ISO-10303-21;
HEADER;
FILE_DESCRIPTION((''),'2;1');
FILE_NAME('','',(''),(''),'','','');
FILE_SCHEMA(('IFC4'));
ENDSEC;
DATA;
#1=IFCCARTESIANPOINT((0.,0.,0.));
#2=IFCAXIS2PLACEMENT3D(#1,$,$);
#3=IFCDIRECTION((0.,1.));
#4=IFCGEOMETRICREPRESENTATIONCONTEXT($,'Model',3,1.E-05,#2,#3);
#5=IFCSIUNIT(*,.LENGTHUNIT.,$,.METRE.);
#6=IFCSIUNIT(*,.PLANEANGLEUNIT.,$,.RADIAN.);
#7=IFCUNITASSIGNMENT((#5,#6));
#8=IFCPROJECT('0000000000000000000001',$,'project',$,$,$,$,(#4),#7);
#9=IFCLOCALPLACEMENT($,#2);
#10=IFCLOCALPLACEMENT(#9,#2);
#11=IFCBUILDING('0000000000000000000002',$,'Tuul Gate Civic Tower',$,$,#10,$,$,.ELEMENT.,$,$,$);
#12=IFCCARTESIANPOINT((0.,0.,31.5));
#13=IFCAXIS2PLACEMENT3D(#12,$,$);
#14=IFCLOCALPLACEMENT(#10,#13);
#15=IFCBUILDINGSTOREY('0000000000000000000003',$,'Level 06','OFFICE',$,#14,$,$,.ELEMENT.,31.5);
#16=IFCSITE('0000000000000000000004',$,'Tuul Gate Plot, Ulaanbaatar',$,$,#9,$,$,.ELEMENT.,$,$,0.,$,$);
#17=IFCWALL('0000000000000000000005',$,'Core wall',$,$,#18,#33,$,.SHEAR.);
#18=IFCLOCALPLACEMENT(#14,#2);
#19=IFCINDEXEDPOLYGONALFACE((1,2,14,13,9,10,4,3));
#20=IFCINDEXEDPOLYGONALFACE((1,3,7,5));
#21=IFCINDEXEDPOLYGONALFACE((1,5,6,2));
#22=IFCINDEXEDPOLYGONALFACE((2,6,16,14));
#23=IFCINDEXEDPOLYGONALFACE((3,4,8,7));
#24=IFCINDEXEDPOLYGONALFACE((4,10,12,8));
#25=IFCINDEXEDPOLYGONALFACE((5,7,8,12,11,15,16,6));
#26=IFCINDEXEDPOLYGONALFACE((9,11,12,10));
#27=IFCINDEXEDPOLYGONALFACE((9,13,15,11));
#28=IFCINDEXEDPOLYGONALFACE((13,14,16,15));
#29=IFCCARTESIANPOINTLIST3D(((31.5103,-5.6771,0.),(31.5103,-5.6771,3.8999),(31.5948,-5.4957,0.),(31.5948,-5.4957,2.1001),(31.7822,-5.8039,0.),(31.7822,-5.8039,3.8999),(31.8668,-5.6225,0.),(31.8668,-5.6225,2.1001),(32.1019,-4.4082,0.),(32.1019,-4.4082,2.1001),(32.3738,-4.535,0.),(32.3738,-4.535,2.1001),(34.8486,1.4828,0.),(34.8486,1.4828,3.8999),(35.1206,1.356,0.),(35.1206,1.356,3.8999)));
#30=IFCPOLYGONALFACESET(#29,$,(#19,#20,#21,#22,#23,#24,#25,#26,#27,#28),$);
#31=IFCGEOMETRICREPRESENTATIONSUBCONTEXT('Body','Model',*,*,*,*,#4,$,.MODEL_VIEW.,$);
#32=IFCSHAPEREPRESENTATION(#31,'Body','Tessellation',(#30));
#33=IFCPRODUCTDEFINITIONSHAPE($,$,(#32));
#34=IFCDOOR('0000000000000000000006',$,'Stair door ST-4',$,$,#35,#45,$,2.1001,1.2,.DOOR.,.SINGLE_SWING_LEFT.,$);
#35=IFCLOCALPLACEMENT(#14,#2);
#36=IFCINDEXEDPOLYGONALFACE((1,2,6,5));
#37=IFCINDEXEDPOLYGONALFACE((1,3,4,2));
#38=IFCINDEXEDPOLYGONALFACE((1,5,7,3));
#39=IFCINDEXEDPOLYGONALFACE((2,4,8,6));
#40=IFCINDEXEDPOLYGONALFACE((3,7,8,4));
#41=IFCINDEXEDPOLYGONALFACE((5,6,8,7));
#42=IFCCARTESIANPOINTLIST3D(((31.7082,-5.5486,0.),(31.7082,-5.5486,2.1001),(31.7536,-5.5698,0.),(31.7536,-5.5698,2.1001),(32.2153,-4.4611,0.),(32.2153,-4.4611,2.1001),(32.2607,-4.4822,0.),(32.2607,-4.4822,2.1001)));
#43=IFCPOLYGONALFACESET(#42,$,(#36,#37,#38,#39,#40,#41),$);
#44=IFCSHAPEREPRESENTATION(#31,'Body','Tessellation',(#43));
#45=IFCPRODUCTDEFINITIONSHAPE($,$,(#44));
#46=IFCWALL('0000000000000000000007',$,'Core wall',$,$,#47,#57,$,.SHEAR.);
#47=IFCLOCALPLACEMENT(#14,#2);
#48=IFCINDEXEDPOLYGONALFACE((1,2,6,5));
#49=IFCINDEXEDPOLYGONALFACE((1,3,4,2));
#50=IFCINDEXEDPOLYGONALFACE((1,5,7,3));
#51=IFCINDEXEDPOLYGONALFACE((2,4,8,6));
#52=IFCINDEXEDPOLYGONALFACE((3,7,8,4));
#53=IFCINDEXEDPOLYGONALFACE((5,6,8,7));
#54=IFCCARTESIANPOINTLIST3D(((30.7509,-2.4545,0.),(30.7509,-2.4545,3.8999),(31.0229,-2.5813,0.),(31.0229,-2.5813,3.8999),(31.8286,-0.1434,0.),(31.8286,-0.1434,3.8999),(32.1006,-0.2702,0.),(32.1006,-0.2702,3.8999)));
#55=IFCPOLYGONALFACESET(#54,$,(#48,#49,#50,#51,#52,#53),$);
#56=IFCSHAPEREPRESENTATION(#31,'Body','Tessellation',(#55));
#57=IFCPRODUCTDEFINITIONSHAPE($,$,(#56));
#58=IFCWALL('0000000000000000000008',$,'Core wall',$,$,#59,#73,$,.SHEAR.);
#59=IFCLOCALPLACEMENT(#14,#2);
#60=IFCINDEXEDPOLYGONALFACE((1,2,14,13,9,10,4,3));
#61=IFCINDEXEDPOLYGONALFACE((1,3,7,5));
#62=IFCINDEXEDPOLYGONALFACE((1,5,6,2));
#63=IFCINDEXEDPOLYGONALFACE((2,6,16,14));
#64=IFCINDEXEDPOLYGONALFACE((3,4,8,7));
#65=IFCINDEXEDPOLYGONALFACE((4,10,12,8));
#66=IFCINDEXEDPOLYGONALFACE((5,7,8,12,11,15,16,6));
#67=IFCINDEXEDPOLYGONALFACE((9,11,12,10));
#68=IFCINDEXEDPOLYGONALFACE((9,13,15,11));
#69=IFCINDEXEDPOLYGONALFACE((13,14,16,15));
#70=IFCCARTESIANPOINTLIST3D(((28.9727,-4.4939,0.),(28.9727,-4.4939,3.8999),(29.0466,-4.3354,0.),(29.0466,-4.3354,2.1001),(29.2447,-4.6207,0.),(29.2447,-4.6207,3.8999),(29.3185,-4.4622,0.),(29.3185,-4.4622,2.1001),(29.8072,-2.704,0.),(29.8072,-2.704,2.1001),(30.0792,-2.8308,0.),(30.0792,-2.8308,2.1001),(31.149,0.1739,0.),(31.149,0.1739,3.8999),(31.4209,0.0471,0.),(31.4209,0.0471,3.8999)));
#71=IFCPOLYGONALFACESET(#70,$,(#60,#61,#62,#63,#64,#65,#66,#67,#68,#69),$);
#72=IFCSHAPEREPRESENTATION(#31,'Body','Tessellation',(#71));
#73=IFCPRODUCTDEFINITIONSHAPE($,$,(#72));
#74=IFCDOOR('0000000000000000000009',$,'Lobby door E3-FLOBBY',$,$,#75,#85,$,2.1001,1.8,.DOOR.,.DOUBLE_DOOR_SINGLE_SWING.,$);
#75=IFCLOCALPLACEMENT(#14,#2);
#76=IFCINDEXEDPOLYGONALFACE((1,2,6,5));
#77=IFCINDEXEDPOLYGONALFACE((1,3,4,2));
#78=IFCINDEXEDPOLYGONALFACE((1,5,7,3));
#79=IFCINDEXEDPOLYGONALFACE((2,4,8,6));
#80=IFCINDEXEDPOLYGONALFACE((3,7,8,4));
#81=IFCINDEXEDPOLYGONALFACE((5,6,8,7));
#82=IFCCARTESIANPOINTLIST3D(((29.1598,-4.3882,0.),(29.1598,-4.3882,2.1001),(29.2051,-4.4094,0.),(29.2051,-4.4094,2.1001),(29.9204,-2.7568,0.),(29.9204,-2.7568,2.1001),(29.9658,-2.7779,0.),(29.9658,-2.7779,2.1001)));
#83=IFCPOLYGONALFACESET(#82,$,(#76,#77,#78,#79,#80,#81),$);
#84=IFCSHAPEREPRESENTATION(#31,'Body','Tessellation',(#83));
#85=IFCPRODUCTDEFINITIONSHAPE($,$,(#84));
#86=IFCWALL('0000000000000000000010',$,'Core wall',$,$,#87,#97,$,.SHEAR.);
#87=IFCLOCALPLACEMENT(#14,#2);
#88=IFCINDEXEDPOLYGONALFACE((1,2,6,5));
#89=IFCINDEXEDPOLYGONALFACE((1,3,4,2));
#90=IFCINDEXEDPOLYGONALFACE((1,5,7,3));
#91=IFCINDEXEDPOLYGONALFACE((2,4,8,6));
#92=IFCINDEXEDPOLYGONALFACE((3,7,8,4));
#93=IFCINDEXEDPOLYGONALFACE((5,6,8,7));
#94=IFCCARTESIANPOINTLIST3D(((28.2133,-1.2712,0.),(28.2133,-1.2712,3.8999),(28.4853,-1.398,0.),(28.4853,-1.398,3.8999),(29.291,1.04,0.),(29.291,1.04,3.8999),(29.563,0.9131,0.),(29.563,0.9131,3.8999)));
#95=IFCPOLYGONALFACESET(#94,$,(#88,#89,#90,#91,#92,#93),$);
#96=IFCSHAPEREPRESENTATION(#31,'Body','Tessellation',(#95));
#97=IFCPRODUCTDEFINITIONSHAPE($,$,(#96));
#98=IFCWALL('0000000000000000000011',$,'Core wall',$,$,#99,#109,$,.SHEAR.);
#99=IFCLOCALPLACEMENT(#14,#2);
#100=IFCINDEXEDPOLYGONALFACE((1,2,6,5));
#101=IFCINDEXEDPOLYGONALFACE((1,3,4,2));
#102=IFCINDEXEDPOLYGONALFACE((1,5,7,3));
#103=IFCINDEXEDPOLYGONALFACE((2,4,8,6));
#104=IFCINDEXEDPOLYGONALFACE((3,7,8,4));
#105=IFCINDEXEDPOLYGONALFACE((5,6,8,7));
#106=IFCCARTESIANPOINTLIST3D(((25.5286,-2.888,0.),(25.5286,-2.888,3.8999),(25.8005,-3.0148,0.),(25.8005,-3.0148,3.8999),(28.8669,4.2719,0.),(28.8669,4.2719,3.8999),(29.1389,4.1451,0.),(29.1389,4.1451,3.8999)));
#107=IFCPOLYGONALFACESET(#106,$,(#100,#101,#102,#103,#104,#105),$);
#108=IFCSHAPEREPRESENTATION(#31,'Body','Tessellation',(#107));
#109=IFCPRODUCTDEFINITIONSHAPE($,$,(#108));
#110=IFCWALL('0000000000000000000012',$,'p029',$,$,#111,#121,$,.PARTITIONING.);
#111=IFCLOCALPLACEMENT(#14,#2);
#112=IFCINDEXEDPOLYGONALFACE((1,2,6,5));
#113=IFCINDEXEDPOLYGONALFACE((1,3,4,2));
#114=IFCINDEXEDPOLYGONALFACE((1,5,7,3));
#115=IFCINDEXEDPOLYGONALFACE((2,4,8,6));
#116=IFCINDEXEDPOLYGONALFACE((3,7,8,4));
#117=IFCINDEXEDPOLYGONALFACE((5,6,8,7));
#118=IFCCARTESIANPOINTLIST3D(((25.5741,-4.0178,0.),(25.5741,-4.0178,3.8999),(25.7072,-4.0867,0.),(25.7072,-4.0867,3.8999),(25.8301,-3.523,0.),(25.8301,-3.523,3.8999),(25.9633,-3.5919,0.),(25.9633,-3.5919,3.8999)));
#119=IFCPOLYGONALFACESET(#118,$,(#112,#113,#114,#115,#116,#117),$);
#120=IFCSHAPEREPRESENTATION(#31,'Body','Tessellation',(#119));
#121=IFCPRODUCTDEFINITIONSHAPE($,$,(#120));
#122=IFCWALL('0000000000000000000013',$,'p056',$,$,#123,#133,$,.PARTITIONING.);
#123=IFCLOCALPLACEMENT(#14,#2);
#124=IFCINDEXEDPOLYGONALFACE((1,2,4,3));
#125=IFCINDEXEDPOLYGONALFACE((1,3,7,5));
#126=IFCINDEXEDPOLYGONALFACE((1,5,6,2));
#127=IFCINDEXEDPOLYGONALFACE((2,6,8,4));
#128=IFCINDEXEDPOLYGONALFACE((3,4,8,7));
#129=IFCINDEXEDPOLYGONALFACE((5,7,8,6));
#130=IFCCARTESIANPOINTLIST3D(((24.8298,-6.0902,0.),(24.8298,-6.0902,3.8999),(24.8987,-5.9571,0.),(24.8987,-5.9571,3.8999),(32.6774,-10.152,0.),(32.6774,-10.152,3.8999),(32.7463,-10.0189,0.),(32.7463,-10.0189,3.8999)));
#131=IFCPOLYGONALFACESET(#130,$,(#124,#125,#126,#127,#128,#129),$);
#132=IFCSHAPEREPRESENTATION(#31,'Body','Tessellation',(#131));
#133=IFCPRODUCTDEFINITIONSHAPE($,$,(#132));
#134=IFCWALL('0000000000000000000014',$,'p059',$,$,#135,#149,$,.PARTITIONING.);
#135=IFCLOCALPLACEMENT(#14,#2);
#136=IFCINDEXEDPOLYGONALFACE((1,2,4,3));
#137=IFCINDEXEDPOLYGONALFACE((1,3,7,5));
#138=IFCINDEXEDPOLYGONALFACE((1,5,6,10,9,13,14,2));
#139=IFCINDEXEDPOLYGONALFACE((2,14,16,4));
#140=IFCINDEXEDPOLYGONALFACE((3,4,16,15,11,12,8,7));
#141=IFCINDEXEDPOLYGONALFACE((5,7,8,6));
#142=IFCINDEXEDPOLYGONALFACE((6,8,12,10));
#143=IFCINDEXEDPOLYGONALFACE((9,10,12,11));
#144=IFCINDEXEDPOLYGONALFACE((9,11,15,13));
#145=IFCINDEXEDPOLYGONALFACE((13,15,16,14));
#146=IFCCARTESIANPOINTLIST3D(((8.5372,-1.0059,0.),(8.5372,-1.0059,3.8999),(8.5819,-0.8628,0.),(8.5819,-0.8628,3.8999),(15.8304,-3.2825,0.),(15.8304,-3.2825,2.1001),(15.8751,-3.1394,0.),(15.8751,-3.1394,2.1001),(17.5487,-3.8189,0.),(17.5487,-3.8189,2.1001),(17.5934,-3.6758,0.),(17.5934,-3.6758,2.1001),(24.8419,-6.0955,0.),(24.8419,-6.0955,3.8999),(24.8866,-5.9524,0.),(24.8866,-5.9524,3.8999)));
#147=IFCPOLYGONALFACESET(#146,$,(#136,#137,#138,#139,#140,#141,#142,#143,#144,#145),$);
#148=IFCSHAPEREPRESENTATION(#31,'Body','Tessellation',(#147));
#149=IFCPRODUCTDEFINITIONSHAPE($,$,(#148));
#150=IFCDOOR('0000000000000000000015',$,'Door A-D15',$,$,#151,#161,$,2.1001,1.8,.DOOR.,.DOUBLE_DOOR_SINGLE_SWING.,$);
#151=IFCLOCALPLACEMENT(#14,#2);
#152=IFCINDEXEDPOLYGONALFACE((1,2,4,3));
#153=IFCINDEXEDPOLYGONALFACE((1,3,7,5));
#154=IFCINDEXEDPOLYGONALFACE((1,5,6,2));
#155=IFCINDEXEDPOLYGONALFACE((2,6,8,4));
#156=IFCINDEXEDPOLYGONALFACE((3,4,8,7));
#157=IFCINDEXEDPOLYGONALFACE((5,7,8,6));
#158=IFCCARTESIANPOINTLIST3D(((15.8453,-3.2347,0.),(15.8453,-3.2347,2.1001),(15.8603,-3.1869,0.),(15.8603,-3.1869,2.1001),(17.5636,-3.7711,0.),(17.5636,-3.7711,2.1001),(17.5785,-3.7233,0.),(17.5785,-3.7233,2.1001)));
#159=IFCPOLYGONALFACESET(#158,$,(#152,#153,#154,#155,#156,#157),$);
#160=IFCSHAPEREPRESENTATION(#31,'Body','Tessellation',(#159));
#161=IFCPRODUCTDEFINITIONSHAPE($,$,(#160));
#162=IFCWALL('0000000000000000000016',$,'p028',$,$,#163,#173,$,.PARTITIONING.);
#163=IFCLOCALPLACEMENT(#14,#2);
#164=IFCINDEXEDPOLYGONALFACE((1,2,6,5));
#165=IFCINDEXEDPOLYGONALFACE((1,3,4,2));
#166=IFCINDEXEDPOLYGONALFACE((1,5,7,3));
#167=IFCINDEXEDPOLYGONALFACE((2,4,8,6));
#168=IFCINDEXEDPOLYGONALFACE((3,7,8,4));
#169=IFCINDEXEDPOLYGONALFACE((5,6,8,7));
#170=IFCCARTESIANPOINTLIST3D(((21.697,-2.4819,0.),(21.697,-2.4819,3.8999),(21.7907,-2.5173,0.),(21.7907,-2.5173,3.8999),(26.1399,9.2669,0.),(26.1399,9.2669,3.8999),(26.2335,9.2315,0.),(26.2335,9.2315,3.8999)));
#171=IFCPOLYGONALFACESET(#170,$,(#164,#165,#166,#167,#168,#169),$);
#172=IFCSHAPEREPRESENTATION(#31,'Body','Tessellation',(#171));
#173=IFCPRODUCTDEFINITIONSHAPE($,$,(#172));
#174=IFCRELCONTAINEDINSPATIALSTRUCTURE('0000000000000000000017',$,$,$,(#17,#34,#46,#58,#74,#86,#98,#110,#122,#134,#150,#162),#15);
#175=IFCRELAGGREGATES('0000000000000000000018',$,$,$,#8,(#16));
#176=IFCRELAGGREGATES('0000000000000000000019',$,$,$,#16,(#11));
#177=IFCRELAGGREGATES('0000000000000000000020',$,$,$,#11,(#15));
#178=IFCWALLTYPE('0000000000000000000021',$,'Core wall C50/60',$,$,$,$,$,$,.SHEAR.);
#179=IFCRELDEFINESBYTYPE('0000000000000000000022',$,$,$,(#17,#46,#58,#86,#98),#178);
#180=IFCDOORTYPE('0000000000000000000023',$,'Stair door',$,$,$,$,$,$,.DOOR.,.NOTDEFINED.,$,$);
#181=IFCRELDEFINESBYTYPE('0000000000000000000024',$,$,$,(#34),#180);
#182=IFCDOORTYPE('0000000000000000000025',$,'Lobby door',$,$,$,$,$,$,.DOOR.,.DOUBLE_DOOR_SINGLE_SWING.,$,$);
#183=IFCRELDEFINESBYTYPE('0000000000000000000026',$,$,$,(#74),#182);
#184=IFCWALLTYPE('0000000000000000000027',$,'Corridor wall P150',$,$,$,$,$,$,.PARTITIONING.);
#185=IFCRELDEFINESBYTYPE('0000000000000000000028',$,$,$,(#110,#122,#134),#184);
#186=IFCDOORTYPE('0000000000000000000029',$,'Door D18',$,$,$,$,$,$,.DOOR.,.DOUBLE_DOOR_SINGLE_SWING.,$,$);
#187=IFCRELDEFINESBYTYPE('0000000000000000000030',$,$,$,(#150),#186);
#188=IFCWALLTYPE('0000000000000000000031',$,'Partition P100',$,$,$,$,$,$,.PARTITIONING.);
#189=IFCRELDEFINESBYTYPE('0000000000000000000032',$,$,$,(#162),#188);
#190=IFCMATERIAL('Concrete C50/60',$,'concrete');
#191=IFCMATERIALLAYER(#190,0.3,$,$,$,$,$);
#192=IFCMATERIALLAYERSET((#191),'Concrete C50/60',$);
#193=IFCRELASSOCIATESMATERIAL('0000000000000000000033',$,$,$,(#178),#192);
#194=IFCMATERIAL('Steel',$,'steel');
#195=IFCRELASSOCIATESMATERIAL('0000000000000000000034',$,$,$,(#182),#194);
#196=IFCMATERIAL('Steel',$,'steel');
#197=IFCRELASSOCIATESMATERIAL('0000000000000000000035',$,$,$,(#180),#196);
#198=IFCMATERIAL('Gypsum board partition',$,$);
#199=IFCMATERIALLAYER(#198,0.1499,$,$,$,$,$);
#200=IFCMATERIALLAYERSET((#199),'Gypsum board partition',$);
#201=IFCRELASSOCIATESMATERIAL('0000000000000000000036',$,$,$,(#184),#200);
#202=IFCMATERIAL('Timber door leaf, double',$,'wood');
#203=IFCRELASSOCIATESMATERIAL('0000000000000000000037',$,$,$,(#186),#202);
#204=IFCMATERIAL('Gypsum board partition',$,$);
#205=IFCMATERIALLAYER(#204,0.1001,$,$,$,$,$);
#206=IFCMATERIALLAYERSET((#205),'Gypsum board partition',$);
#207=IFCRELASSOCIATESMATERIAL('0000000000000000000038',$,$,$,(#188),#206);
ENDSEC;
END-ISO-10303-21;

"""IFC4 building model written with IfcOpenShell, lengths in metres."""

from ifc_helpers import new_model, si_unit, direction, frame, frame_2d, origin, place, context, subcontext, project, spatial, rectangle, extrude, material, layer, layer_set, type_object, element, fill, save


model = new_model("IFC4")

# Units and contexts
model_context = context("Model", 3, precision=1e-05, world=origin(), true_north=direction((0.0, 1.0)))
body_context = subcontext(model_context, "Body", "Model", "MODEL_VIEW")
ifc_project = project(units=[si_unit("LENGTHUNIT", "METRE"), si_unit("PLANEANGLEUNIT", "RADIAN")], contexts=[model_context])

# Site, building, storey
site_placement = place(None, origin())
site = spatial("IfcSite", under=ifc_project, at=site_placement, Name="Tuul Gate Plot, Ulaanbaatar", CompositionType="ELEMENT", RefElevation=0.0)
building_placement = place(site_placement, origin())
building = spatial("IfcBuilding", under=site, at=building_placement, Name="Tuul Gate Civic Tower", CompositionType="ELEMENT")
storey_placement = place(building_placement, frame((0.0, 0.0, 31.5)))
storey = spatial("IfcBuildingStorey", under=building, at=storey_placement, Name="Level 06", Description="OFFICE", CompositionType="ELEMENT", Elevation=31.5)

# Shared definitions
ifc_material_1 = material(Name="Concrete C50/60", Category="concrete")
ifc_layer_1 = layer(ifc_material_1, 0.3)
ifc_layer_set_1 = layer_set([ifc_layer_1], Name="Concrete C50/60")
wall_type_1 = type_object("IfcWallType", Name="Core wall C50/60", PredefinedType="SHEAR", material=ifc_layer_set_1)
ifc_material_2 = material(Name="Steel", Category="steel")
door_type_1 = type_object("IfcDoorType", Name="Lobby door", OperationType="DOUBLE_DOOR_SINGLE_SWING", PredefinedType="DOOR", material=ifc_material_2)

# Wall, opening, door
wall_1_placement = place(storey_placement, frame((31.6462, -5.7405, 0.0), z_axis=(0.0, 0.0, 1.0), x_axis=(0.422583, 0.906324, 0.0)))
wall_1 = element("IfcWall", 1, at=wall_1_placement, inside=storey, type_object=wall_type_1, Name="Core wall", PredefinedType="SHEAR", context=body_context, shape_type="SweptSolid", body=[
    extrude(rectangle(XDim=7.8999, YDim=0.3, at=frame_2d((3.95, 0.0))), origin(), (0.0, 0.0, 1.0), 3.8999),
])
opening_1_placement = place(wall_1_placement, frame((0.2, 0.0, 0.0)))
opening_1 = element("IfcOpeningElement", 2, at=opening_1_placement, cuts=wall_1, PredefinedType="OPENING", context=body_context, shape_type="SweptSolid", body=[
    extrude(rectangle(XDim=1.2, YDim=2.1001, at=frame_2d((0.6001, 1.05))), frame((0.0, 0.1602, 0.0), z_axis=(0.0, -1.0, 0.0), x_axis=(1.0, 0.0, 0.0)), (0.0, 0.0, 1.0), 0.3201),
])
ifc_material_3 = material(Name="Steel", Category="steel")
door_type_2 = type_object("IfcDoorType", Name="Stair door", OperationType="NOTDEFINED", PredefinedType="DOOR", material=ifc_material_3)
door_1_placement = place(opening_1_placement, origin())
door_1 = element("IfcDoor", 3, at=door_1_placement, inside=storey, type_object=door_type_2, Name="Stair door ST-4", OperationType="SINGLE_SWING_LEFT", OverallHeight=2.1001, OverallWidth=1.2, PredefinedType="DOOR", context=body_context, shape_type="SweptSolid", body=[
    extrude(rectangle(XDim=1.2, YDim=2.1001, at=frame_2d((0.6001, 1.05))), frame((0.0, 0.0249, 0.0), z_axis=(0.0, -1.0, 0.0), x_axis=(1.0, 0.0, 0.0)), (0.0, 0.0, 1.0), 0.05),
])
fill(opening_1, door_1)

# Wall
wall_2_placement = place(storey_placement, frame((30.887, -2.5178, 0.0), z_axis=(0.0, 0.0, 1.0), x_axis=(0.422613, 0.90631, 0.0)))
element("IfcWall", 4, at=wall_2_placement, inside=storey, type_object=wall_type_1, Name="Core wall", PredefinedType="SHEAR", context=body_context, shape_type="SweptSolid", body=[
    extrude(rectangle(XDim=2.55, YDim=0.3, at=frame_2d((1.2749, 0.0))), origin(), (0.0, 0.0, 1.0), 3.8999),
])

# Wall, opening, door
wall_3_placement = place(storey_placement, frame((29.1086, -4.5574, 0.0), z_axis=(0.0, 0.0, 1.0), x_axis=(0.422566, 0.906332, 0.0)))
wall_3 = element("IfcWall", 5, at=wall_3_placement, inside=storey, type_object=wall_type_1, Name="Core wall", PredefinedType="SHEAR", context=body_context, shape_type="SweptSolid", body=[
    extrude(rectangle(XDim=5.1501, YDim=0.3, at=frame_2d((2.5752, 0.0))), origin(), (0.0, 0.0, 1.0), 3.8999),
])
opening_2_placement = place(wall_3_placement, frame((0.175, 0.0, 0.0)))
opening_2 = element("IfcOpeningElement", 6, at=opening_2_placement, cuts=wall_3, PredefinedType="OPENING", context=body_context, shape_type="SweptSolid", body=[
    extrude(rectangle(XDim=1.8, YDim=2.1001, at=frame_2d((0.8999, 1.05))), frame((0.0, 0.1602, 0.0), z_axis=(0.0, -1.0, 0.0), x_axis=(1.0, 0.0, 0.0)), (0.0, 0.0, 1.0), 0.3201),
])
door_2_placement = place(opening_2_placement, frame((1.8, 0.0, 0.0), z_axis=(0.0, 0.0, 1.0), x_axis=(-1.0, 0.0, 0.0)))
door_2 = element("IfcDoor", 7, at=door_2_placement, inside=storey, type_object=door_type_1, Name="Lobby door E3-FLOBBY", OperationType="DOUBLE_DOOR_SINGLE_SWING", OverallHeight=2.1001, OverallWidth=1.8, PredefinedType="DOOR", context=body_context, shape_type="SweptSolid", body=[
    extrude(rectangle(XDim=1.8, YDim=2.1001, at=frame_2d((0.9001, 1.05))), frame((0.0, 0.0249, 0.0), z_axis=(0.0, -1.0, 0.0), x_axis=(1.0, 0.0, 0.0)), (0.0, 0.0, 1.0), 0.05),
])
fill(opening_2, door_2)

# Walls
wall_4_placement = place(storey_placement, frame((28.3494, -1.3345, 0.0), z_axis=(0.0, 0.0, 1.0), x_axis=(0.422613, 0.90631, 0.0)))
element("IfcWall", 8, at=wall_4_placement, inside=storey, type_object=wall_type_1, Name="Core wall", PredefinedType="SHEAR", context=body_context, shape_type="SweptSolid", body=[
    extrude(rectangle(XDim=2.55, YDim=0.3, at=frame_2d((1.2749, 0.0))), origin(), (0.0, 0.0, 1.0), 3.8999),
])
wall_5_placement = place(storey_placement, frame((25.6646, -2.9514, 0.0), z_axis=(0.0, 0.0, 1.0), x_axis=(0.422583, 0.906324, 0.0)))
element("IfcWall", 9, at=wall_5_placement, inside=storey, type_object=wall_type_1, Name="Core wall", PredefinedType="SHEAR", context=body_context, shape_type="SweptSolid", body=[
    extrude(rectangle(XDim=7.8999, YDim=0.3, at=frame_2d((3.95, 0.0))), origin(), (0.0, 0.0, 1.0), 3.8999),
])
ifc_material_4 = material(Name="Gypsum board partition")
ifc_layer_2 = layer(ifc_material_4, 0.1499)
ifc_layer_set_2 = layer_set([ifc_layer_2], Name="Gypsum board partition")
wall_type_2 = type_object("IfcWallType", Name="Corridor wall P150", PredefinedType="PARTITIONING", material=ifc_layer_set_2)
wall_6_placement = place(storey_placement, frame((25.6406, -4.0522, 0.0), z_axis=(0.0, 0.0, 1.0), x_axis=(0.459614, 0.888119, 0.0)))
element("IfcWall", 10, at=wall_6_placement, inside=storey, type_object=wall_type_2, Name="p029", PredefinedType="PARTITIONING", context=body_context, shape_type="SweptSolid", body=[
    extrude(rectangle(XDim=0.5571, YDim=0.1499, at=frame_2d((0.2786, 0.0))), origin(), (0.0, 0.0, 1.0), 3.8999),
])
wall_7_placement = place(storey_placement, frame((24.8643, -6.0237, 0.0), z_axis=(0.0, 0.0, 1.0), x_axis=(0.888096, -0.459658, 0.0)))
element("IfcWall", 11, at=wall_7_placement, inside=storey, type_object=wall_type_2, Name="p056", PredefinedType="PARTITIONING", context=body_context, shape_type="SweptSolid", body=[
    extrude(rectangle(XDim=8.8364, YDim=0.1499, at=frame_2d((4.4182, 0.0))), origin(), (0.0, 0.0, 1.0), 3.8999),
])

# Wall, opening, door
wall_8_placement = place(storey_placement, frame((8.5596, -0.9343, 0.0), z_axis=(0.0, 0.0, 1.0), x_axis=(0.954574, -0.297975, 0.0)))
wall_8 = element("IfcWall", 12, at=wall_8_placement, inside=storey, type_object=wall_type_2, Name="p059", PredefinedType="PARTITIONING", context=body_context, shape_type="SweptSolid", body=[
    extrude(rectangle(XDim=17.0806, YDim=0.1499, at=frame_2d((8.5403, 0.0))), origin(), (0.0, 0.0, 1.0), 3.8999),
])
opening_3_placement = place(wall_8_placement, frame((7.6404, 0.0, 0.0)))
opening_3 = element("IfcOpeningElement", 13, at=opening_3_placement, cuts=wall_8, PredefinedType="OPENING", context=body_context, shape_type="SweptSolid", body=[
    extrude(rectangle(XDim=1.8, YDim=2.1001, at=frame_2d((0.8999, 1.05))), frame((0.0, 0.085, 0.0), z_axis=(0.0, -1.0, 0.0), x_axis=(1.0, 0.0, 0.0)), (0.0, 0.0, 1.0), 0.1699),
])
ifc_material_5 = material(Name="Timber door leaf, double", Category="wood")
door_type_3 = type_object("IfcDoorType", Name="Door D18", OperationType="DOUBLE_DOOR_SINGLE_SWING", PredefinedType="DOOR", material=ifc_material_5)
door_3_placement = place(opening_3_placement, frame((1.8, 0.0, 0.0), z_axis=(0.0, 0.0, 1.0), x_axis=(-1.0, 0.0, 0.0)))
door_3 = element("IfcDoor", 14, at=door_3_placement, inside=storey, type_object=door_type_3, Name="Door A-D15", OperationType="DOUBLE_DOOR_SINGLE_SWING", OverallHeight=2.1001, OverallWidth=1.8, PredefinedType="DOOR", context=body_context, shape_type="SweptSolid", body=[
    extrude(rectangle(XDim=1.8, YDim=2.1001, at=frame_2d((0.9001, 1.05))), frame((0.0, 0.0249, 0.0), z_axis=(0.0, -1.0, 0.0), x_axis=(1.0, 0.0, 0.0)), (0.0, 0.0, 1.0), 0.05),
])
fill(opening_3, door_3)

# Wall
ifc_material_6 = material(Name="Gypsum board partition")
ifc_layer_3 = layer(ifc_material_6, 0.1001)
ifc_layer_set_3 = layer_set([ifc_layer_3], Name="Gypsum board partition")
wall_type_3 = type_object("IfcWallType", Name="Partition P100", PredefinedType="PARTITIONING", material=ifc_layer_set_3)
wall_9_placement = place(storey_placement, frame((21.7439, -2.4995, 0.0), z_axis=(0.0, 0.0, 1.0), x_axis=(0.35371, 0.935355, 0.0)))
element("IfcWall", 15, at=wall_9_placement, inside=storey, type_object=wall_type_3, Name="p028", PredefinedType="PARTITIONING", context=body_context, shape_type="SweptSolid", body=[
    extrude(rectangle(XDim=12.5608, YDim=0.1001, at=frame_2d((6.2803, 0.0))), origin(), (0.0, 0.0, 1.0), 3.8999),
])

save(model, "model.ifc")
